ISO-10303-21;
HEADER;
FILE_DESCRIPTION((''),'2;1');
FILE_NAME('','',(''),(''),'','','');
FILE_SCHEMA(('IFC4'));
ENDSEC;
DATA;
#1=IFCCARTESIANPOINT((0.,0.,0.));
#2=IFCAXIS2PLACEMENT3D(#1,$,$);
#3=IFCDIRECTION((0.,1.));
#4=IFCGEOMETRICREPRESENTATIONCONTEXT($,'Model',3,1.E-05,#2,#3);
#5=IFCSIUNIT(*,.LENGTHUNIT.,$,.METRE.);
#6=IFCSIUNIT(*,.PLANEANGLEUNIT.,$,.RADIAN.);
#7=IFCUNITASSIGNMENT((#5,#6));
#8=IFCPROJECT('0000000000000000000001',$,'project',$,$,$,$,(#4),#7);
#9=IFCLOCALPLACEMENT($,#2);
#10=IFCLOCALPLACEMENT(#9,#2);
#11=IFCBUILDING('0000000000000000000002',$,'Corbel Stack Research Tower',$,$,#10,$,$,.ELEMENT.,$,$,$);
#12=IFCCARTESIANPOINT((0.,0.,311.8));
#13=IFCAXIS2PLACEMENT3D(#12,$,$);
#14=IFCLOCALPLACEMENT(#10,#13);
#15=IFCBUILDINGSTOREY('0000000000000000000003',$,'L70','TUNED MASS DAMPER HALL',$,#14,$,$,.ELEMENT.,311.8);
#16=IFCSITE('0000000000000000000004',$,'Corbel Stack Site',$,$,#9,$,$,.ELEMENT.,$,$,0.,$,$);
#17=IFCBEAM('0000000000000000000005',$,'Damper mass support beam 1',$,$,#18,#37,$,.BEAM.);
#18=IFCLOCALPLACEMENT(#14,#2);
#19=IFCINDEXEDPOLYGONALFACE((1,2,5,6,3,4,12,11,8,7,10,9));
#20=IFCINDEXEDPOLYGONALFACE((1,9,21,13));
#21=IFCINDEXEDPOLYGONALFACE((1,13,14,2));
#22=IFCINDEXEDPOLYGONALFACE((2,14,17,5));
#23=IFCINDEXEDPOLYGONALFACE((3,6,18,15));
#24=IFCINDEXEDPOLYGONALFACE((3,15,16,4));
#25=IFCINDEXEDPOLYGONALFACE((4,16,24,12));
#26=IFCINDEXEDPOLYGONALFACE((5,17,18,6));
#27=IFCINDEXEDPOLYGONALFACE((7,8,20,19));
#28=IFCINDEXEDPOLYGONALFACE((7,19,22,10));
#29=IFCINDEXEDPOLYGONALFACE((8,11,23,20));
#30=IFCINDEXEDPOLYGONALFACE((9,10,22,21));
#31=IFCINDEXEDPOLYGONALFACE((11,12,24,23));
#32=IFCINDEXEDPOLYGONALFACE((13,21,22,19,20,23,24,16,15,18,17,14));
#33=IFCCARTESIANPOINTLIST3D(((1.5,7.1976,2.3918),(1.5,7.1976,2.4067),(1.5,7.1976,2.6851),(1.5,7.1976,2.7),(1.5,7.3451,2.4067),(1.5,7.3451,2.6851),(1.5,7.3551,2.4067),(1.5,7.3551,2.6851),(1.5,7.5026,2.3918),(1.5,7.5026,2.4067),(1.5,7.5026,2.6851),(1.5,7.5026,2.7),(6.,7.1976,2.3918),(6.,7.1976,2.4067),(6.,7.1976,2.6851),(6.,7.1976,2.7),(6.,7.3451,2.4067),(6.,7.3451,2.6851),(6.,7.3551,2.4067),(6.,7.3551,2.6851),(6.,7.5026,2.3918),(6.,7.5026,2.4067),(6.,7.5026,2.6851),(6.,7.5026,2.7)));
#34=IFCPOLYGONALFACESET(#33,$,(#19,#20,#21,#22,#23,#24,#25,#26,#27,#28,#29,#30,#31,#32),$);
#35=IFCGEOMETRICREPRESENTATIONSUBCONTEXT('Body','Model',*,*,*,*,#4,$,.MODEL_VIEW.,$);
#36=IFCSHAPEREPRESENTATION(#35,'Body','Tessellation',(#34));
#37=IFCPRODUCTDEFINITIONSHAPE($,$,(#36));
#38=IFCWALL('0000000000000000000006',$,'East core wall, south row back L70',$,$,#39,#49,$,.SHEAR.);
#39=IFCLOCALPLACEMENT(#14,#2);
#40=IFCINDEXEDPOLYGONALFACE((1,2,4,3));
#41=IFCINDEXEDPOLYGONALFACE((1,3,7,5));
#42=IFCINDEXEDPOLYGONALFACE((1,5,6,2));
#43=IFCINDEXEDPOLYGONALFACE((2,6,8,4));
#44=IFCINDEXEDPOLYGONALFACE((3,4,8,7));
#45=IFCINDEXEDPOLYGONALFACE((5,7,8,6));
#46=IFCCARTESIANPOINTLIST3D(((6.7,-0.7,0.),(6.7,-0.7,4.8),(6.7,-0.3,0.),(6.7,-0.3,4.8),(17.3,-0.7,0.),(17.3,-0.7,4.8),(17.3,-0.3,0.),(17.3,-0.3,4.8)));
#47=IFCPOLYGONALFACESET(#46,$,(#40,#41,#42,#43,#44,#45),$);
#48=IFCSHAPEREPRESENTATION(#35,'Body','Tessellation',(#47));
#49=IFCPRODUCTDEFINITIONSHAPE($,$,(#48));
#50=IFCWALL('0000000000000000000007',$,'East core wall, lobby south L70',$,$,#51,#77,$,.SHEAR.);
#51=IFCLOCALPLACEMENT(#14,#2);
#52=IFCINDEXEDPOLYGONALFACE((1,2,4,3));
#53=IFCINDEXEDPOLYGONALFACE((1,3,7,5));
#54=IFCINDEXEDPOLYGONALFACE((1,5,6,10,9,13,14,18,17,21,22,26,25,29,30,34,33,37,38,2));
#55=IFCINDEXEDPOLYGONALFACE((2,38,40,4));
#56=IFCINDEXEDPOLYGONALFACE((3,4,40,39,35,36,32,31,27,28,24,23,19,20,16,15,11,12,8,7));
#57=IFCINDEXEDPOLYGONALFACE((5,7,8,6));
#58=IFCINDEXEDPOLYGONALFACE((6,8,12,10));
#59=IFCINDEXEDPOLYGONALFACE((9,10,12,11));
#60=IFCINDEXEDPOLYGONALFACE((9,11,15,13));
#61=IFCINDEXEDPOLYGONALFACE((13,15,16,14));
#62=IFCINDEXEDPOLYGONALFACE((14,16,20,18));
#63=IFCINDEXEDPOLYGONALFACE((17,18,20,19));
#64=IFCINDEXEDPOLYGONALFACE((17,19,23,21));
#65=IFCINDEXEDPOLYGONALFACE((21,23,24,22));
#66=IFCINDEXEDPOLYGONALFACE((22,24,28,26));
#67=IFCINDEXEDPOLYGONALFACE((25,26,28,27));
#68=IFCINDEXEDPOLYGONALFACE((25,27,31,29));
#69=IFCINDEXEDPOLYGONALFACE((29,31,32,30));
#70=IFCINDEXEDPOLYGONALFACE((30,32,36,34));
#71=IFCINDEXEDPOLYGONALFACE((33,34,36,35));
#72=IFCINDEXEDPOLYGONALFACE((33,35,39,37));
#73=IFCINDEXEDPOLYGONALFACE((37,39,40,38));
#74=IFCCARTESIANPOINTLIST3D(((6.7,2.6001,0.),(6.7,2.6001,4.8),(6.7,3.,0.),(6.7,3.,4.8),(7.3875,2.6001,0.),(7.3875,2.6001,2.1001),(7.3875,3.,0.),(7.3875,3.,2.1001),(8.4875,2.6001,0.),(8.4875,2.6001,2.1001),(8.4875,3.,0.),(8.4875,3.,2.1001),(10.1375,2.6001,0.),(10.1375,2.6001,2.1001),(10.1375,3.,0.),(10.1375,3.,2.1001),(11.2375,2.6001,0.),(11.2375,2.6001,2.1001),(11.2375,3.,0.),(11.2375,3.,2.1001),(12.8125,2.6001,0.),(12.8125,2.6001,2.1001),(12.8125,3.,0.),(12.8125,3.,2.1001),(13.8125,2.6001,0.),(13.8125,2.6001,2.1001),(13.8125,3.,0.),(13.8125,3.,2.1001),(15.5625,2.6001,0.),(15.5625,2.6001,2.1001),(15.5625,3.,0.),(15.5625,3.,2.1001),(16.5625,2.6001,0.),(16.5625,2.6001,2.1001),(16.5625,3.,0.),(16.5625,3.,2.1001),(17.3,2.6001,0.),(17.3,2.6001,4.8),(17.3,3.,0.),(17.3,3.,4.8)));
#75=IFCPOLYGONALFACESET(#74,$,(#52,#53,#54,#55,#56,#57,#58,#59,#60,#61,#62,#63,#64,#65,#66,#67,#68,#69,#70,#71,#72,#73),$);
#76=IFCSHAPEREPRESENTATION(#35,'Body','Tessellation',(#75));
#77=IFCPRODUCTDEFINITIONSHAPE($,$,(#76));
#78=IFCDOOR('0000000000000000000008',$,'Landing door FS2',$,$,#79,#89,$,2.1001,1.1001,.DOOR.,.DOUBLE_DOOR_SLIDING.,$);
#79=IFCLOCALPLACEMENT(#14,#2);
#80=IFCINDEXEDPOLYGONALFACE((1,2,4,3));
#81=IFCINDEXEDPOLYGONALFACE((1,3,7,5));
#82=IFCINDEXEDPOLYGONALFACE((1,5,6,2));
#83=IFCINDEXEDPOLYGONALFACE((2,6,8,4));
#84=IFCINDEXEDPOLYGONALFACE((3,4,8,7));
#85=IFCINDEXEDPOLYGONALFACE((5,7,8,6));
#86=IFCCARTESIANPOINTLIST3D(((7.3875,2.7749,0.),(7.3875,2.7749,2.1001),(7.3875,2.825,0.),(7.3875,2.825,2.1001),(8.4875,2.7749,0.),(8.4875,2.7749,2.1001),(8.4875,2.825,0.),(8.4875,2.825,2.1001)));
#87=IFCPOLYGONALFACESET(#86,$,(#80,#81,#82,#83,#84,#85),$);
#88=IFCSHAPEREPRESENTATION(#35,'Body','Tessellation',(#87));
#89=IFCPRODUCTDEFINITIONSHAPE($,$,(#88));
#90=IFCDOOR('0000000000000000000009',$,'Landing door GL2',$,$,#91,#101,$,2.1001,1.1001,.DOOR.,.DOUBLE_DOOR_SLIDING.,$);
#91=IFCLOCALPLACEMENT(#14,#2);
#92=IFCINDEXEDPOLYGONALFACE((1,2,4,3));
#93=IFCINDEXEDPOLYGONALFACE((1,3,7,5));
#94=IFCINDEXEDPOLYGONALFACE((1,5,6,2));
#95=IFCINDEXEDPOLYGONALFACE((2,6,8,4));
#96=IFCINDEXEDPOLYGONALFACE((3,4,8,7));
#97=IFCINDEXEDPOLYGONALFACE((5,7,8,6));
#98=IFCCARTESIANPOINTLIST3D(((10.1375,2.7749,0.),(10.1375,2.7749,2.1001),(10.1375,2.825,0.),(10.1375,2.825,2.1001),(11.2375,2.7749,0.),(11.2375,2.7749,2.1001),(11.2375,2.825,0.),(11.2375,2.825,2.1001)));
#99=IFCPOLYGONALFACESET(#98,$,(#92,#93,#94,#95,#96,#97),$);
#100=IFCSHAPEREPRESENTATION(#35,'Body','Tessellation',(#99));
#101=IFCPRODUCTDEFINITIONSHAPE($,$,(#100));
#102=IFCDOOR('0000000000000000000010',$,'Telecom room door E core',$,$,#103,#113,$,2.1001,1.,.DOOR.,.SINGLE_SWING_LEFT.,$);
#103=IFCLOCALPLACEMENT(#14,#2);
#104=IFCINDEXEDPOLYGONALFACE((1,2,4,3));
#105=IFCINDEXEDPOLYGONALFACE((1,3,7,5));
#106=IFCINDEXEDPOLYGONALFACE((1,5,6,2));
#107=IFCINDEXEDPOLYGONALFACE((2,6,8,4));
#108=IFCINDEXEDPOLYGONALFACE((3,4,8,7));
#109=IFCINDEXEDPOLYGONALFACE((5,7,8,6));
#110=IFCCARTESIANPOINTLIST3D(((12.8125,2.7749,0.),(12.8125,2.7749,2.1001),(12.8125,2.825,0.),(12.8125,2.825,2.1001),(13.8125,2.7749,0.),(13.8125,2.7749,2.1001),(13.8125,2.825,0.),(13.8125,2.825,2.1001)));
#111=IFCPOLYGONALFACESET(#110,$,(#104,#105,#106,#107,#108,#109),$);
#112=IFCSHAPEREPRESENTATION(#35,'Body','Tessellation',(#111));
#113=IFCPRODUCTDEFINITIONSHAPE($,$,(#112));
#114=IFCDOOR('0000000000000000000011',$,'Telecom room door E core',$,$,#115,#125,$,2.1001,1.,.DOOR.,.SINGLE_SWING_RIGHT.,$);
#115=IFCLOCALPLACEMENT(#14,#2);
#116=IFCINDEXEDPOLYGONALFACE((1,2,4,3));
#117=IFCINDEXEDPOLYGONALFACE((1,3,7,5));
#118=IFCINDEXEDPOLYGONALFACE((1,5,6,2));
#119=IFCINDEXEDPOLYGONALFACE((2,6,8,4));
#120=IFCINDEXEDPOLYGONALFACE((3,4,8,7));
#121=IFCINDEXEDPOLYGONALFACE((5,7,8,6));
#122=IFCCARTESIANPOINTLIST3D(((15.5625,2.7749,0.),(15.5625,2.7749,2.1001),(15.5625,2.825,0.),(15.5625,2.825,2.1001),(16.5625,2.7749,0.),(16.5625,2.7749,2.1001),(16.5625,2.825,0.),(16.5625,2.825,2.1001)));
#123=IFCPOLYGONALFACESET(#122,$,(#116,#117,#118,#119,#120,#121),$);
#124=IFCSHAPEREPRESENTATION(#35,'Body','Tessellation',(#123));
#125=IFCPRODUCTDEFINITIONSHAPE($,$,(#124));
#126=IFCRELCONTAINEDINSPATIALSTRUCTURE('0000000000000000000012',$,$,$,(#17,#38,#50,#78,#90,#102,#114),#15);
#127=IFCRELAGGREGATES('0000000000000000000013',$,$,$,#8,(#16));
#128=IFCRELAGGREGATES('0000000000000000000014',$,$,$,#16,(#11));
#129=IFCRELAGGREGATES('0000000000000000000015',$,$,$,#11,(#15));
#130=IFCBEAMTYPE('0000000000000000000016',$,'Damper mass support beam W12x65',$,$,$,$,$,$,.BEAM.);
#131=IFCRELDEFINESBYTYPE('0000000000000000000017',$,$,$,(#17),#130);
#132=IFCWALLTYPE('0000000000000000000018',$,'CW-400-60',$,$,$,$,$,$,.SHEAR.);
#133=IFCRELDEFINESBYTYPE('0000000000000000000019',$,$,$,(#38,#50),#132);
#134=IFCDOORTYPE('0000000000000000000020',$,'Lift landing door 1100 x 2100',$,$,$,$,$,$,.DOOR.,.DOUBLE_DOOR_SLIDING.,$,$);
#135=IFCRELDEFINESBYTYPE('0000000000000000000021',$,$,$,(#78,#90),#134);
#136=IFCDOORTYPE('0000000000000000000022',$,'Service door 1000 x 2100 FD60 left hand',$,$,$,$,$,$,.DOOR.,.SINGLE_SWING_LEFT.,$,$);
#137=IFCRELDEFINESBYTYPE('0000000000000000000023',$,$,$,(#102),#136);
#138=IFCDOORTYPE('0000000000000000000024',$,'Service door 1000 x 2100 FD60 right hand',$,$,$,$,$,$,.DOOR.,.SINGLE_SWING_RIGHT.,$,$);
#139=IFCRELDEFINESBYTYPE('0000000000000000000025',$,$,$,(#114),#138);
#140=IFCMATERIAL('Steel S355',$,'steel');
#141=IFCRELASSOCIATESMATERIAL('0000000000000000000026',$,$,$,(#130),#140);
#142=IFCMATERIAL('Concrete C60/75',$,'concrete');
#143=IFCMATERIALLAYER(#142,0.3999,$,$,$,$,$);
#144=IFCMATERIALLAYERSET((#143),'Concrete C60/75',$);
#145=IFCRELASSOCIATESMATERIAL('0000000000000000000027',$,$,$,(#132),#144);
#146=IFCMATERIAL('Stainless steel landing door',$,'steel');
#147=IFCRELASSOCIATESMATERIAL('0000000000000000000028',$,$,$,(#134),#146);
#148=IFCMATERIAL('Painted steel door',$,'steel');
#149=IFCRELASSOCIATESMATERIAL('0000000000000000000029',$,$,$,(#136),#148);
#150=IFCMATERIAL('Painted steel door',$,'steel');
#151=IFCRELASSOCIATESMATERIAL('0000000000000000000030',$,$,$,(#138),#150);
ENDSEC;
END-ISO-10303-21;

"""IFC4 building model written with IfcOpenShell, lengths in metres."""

from ifc_helpers import new_model, si_unit, direction, frame, frame_2d, origin, origin_2d, place, context, subcontext, project, spatial, rectangle, i_section, extrude, material, layer, layer_set, material_profile, profile_set, type_object, element, fill, save


model = new_model("IFC4")

# Units and contexts
model_context = context("Model", 3, precision=1e-05, world=origin(), true_north=direction((0.0, 1.0)))
body_context = subcontext(model_context, "Body", "Model", "MODEL_VIEW")
ifc_project = project(units=[si_unit("LENGTHUNIT", "METRE"), si_unit("PLANEANGLEUNIT", "RADIAN")], contexts=[model_context])

# Site, building, storey
site_placement = place(None, origin())
site = spatial("IfcSite", under=ifc_project, at=site_placement, Name="Corbel Stack Site", CompositionType="ELEMENT", RefElevation=0.0)
building_placement = place(site_placement, origin())
building = spatial("IfcBuilding", under=site, at=building_placement, Name="Corbel Stack Research Tower", CompositionType="ELEMENT")
storey_placement = place(building_placement, frame((0.0, 0.0, 311.8)))
storey = spatial("IfcBuildingStorey", under=building, at=storey_placement, Name="L70", Description="TUNED MASS DAMPER HALL", CompositionType="ELEMENT", Elevation=311.8)

# Beam
ifc_material_1 = material(Name="Steel S355", Category="steel")
ifc_material_profile = material_profile(ifc_material_1, i_section(OverallWidth=0.3049, OverallDepth=0.3081, WebThickness=0.01, FlangeThickness=0.0149, at=origin_2d()), Name="W12x65")
ifc_profile_set = profile_set([ifc_material_profile], Name="Steel S355")
beam_type = type_object("IfcBeamType", Name="Damper mass support beam W12x65", PredefinedType="BEAM", material=ifc_profile_set)
beam_placement = place(storey_placement, frame((1.5, 7.3501, 2.5459), z_axis=(1.0, 0.0, 0.0), x_axis=(0.0, 1.0, 0.0)))
element("IfcBeam", 1, at=beam_placement, inside=storey, type_object=beam_type, Name="Damper mass support beam 1", PredefinedType="BEAM", context=body_context, shape_type="SweptSolid", body=[
    extrude(i_section(OverallWidth=0.3049, OverallDepth=0.3081, WebThickness=0.01, FlangeThickness=0.0149, at=origin_2d()), origin(), (0.0, 0.0, 1.0), 4.5),
])

# Wall
ifc_material_2 = material(Name="Concrete C60/75", Category="concrete")
ifc_layer = layer(ifc_material_2, 0.3999)
ifc_layer_set = layer_set([ifc_layer], Name="Concrete C60/75")
wall_type = type_object("IfcWallType", Name="CW-400-60", PredefinedType="SHEAR", material=ifc_layer_set)
wall_1_placement = place(storey_placement, frame((6.7, -0.5, 0.0), z_axis=(0.0, 0.0, 1.0), x_axis=(1.0, 0.0, 0.0)))
element("IfcWall", 2, at=wall_1_placement, inside=storey, type_object=wall_type, Name="East core wall, south row back L70", PredefinedType="SHEAR", context=body_context, shape_type="SweptSolid", body=[
    extrude(rectangle(XDim=10.6001, YDim=0.3999, at=frame_2d((5.3, 0.0))), origin(), (0.0, 0.0, 1.0), 4.8),
])

# Wall, openings, doors
wall_2_placement = place(storey_placement, frame((6.7, 2.8, 0.0), z_axis=(0.0, 0.0, 1.0), x_axis=(1.0, 0.0, 0.0)))
wall_2 = element("IfcWall", 3, at=wall_2_placement, inside=storey, type_object=wall_type, Name="East core wall, lobby south L70", PredefinedType="SHEAR", context=body_context, shape_type="SweptSolid", body=[
    extrude(rectangle(XDim=10.6001, YDim=0.3999, at=frame_2d((5.3, 0.0))), origin(), (0.0, 0.0, 1.0), 4.8),
])
opening_1_placement = place(wall_2_placement, frame((0.6875, 0.0, 0.0)))
opening_1 = element("IfcOpeningElement", 4, at=opening_1_placement, cuts=wall_2, PredefinedType="OPENING", context=body_context, shape_type="SweptSolid", body=[
    extrude(rectangle(XDim=1.1001, YDim=2.1001, at=frame_2d((0.55, 1.05))), frame((0.0, 0.21, 0.0), z_axis=(0.0, -1.0, 0.0), x_axis=(1.0, 0.0, 0.0)), (0.0, 0.0, 1.0), 0.4199),
])
opening_2_placement = place(wall_2_placement, frame((3.4375, 0.0, 0.0)))
opening_2 = element("IfcOpeningElement", 5, at=opening_2_placement, cuts=wall_2, PredefinedType="OPENING", context=body_context, shape_type="SweptSolid", body=[
    extrude(rectangle(XDim=1.1001, YDim=2.1001, at=frame_2d((0.55, 1.05))), frame((0.0, 0.21, 0.0), z_axis=(0.0, -1.0, 0.0), x_axis=(1.0, 0.0, 0.0)), (0.0, 0.0, 1.0), 0.4199),
])
opening_3_placement = place(wall_2_placement, frame((6.1125, 0.0, 0.0)))
opening_3 = element("IfcOpeningElement", 6, at=opening_3_placement, cuts=wall_2, PredefinedType="OPENING", context=body_context, shape_type="SweptSolid", body=[
    extrude(rectangle(XDim=1.0, YDim=2.1001, at=frame_2d((0.5, 1.05))), frame((0.0, 0.21, 0.0), z_axis=(0.0, -1.0, 0.0), x_axis=(1.0, 0.0, 0.0)), (0.0, 0.0, 1.0), 0.4199),
])
opening_4_placement = place(wall_2_placement, frame((8.8625, 0.0, 0.0)))
opening_4 = element("IfcOpeningElement", 7, at=opening_4_placement, cuts=wall_2, PredefinedType="OPENING", context=body_context, shape_type="SweptSolid", body=[
    extrude(rectangle(XDim=1.0, YDim=2.1001, at=frame_2d((0.5, 1.05))), frame((0.0, 0.21, 0.0), z_axis=(0.0, -1.0, 0.0), x_axis=(1.0, 0.0, 0.0)), (0.0, 0.0, 1.0), 0.4199),
])
ifc_material_3 = material(Name="Stainless steel landing door", Category="steel")
door_type_1 = type_object("IfcDoorType", Name="Lift landing door 1100 x 2100", OperationType="DOUBLE_DOOR_SLIDING", PredefinedType="DOOR", material=ifc_material_3)
door_1_placement = place(opening_1_placement, origin())
door_1 = element("IfcDoor", 8, at=door_1_placement, inside=storey, type_object=door_type_1, Name="Landing door FS2", OperationType="DOUBLE_DOOR_SLIDING", OverallHeight=2.1001, OverallWidth=1.1001, PredefinedType="DOOR", context=body_context, shape_type="SweptSolid", body=[
    extrude(rectangle(XDim=1.1001, YDim=2.1001, at=frame_2d((0.55, 1.05))), frame((0.0, 0.0249, 0.0), z_axis=(0.0, -1.0, 0.0), x_axis=(1.0, 0.0, 0.0)), (0.0, 0.0, 1.0), 0.05),
])
fill(opening_1, door_1)
door_2_placement = place(opening_2_placement, origin())
door_2 = element("IfcDoor", 9, at=door_2_placement, inside=storey, type_object=door_type_1, Name="Landing door GL2", OperationType="DOUBLE_DOOR_SLIDING", OverallHeight=2.1001, OverallWidth=1.1001, PredefinedType="DOOR", context=body_context, shape_type="SweptSolid", body=[
    extrude(rectangle(XDim=1.1001, YDim=2.1001, at=frame_2d((0.55, 1.05))), frame((0.0, 0.0249, 0.0), z_axis=(0.0, -1.0, 0.0), x_axis=(1.0, 0.0, 0.0)), (0.0, 0.0, 1.0), 0.05),
])
fill(opening_2, door_2)
ifc_material_4 = material(Name="Painted steel door", Category="steel")
door_type_2 = type_object("IfcDoorType", Name="Service door 1000 x 2100 FD60 left hand", OperationType="SINGLE_SWING_LEFT", PredefinedType="DOOR", material=ifc_material_4)
door_3_placement = place(opening_3_placement, origin())
door_3 = element("IfcDoor", 10, at=door_3_placement, inside=storey, type_object=door_type_2, Name="Telecom room door E core", OperationType="SINGLE_SWING_LEFT", OverallHeight=2.1001, OverallWidth=1.0, PredefinedType="DOOR", context=body_context, shape_type="SweptSolid", body=[
    extrude(rectangle(XDim=1.0, YDim=2.1001, at=frame_2d((0.5, 1.05))), frame((0.0, 0.0249, 0.0), z_axis=(0.0, -1.0, 0.0), x_axis=(1.0, 0.0, 0.0)), (0.0, 0.0, 1.0), 0.05),
])
fill(opening_3, door_3)
ifc_material_5 = material(Name="Painted steel door", Category="steel")
door_type_3 = type_object("IfcDoorType", Name="Service door 1000 x 2100 FD60 right hand", OperationType="SINGLE_SWING_RIGHT", PredefinedType="DOOR", material=ifc_material_5)
door_4_placement = place(opening_4_placement, origin())
door_4 = element("IfcDoor", 11, at=door_4_placement, inside=storey, type_object=door_type_3, Name="Telecom room door E core", OperationType="SINGLE_SWING_RIGHT", OverallHeight=2.1001, OverallWidth=1.0, PredefinedType="DOOR", context=body_context, shape_type="SweptSolid", body=[
    extrude(rectangle(XDim=1.0, YDim=2.1001, at=frame_2d((0.5, 1.05))), frame((0.0, 0.0249, 0.0), z_axis=(0.0, -1.0, 0.0), x_axis=(1.0, 0.0, 0.0)), (0.0, 0.0, 1.0), 0.05),
])
fill(opening_4, door_4)

save(model, "model.ifc")
